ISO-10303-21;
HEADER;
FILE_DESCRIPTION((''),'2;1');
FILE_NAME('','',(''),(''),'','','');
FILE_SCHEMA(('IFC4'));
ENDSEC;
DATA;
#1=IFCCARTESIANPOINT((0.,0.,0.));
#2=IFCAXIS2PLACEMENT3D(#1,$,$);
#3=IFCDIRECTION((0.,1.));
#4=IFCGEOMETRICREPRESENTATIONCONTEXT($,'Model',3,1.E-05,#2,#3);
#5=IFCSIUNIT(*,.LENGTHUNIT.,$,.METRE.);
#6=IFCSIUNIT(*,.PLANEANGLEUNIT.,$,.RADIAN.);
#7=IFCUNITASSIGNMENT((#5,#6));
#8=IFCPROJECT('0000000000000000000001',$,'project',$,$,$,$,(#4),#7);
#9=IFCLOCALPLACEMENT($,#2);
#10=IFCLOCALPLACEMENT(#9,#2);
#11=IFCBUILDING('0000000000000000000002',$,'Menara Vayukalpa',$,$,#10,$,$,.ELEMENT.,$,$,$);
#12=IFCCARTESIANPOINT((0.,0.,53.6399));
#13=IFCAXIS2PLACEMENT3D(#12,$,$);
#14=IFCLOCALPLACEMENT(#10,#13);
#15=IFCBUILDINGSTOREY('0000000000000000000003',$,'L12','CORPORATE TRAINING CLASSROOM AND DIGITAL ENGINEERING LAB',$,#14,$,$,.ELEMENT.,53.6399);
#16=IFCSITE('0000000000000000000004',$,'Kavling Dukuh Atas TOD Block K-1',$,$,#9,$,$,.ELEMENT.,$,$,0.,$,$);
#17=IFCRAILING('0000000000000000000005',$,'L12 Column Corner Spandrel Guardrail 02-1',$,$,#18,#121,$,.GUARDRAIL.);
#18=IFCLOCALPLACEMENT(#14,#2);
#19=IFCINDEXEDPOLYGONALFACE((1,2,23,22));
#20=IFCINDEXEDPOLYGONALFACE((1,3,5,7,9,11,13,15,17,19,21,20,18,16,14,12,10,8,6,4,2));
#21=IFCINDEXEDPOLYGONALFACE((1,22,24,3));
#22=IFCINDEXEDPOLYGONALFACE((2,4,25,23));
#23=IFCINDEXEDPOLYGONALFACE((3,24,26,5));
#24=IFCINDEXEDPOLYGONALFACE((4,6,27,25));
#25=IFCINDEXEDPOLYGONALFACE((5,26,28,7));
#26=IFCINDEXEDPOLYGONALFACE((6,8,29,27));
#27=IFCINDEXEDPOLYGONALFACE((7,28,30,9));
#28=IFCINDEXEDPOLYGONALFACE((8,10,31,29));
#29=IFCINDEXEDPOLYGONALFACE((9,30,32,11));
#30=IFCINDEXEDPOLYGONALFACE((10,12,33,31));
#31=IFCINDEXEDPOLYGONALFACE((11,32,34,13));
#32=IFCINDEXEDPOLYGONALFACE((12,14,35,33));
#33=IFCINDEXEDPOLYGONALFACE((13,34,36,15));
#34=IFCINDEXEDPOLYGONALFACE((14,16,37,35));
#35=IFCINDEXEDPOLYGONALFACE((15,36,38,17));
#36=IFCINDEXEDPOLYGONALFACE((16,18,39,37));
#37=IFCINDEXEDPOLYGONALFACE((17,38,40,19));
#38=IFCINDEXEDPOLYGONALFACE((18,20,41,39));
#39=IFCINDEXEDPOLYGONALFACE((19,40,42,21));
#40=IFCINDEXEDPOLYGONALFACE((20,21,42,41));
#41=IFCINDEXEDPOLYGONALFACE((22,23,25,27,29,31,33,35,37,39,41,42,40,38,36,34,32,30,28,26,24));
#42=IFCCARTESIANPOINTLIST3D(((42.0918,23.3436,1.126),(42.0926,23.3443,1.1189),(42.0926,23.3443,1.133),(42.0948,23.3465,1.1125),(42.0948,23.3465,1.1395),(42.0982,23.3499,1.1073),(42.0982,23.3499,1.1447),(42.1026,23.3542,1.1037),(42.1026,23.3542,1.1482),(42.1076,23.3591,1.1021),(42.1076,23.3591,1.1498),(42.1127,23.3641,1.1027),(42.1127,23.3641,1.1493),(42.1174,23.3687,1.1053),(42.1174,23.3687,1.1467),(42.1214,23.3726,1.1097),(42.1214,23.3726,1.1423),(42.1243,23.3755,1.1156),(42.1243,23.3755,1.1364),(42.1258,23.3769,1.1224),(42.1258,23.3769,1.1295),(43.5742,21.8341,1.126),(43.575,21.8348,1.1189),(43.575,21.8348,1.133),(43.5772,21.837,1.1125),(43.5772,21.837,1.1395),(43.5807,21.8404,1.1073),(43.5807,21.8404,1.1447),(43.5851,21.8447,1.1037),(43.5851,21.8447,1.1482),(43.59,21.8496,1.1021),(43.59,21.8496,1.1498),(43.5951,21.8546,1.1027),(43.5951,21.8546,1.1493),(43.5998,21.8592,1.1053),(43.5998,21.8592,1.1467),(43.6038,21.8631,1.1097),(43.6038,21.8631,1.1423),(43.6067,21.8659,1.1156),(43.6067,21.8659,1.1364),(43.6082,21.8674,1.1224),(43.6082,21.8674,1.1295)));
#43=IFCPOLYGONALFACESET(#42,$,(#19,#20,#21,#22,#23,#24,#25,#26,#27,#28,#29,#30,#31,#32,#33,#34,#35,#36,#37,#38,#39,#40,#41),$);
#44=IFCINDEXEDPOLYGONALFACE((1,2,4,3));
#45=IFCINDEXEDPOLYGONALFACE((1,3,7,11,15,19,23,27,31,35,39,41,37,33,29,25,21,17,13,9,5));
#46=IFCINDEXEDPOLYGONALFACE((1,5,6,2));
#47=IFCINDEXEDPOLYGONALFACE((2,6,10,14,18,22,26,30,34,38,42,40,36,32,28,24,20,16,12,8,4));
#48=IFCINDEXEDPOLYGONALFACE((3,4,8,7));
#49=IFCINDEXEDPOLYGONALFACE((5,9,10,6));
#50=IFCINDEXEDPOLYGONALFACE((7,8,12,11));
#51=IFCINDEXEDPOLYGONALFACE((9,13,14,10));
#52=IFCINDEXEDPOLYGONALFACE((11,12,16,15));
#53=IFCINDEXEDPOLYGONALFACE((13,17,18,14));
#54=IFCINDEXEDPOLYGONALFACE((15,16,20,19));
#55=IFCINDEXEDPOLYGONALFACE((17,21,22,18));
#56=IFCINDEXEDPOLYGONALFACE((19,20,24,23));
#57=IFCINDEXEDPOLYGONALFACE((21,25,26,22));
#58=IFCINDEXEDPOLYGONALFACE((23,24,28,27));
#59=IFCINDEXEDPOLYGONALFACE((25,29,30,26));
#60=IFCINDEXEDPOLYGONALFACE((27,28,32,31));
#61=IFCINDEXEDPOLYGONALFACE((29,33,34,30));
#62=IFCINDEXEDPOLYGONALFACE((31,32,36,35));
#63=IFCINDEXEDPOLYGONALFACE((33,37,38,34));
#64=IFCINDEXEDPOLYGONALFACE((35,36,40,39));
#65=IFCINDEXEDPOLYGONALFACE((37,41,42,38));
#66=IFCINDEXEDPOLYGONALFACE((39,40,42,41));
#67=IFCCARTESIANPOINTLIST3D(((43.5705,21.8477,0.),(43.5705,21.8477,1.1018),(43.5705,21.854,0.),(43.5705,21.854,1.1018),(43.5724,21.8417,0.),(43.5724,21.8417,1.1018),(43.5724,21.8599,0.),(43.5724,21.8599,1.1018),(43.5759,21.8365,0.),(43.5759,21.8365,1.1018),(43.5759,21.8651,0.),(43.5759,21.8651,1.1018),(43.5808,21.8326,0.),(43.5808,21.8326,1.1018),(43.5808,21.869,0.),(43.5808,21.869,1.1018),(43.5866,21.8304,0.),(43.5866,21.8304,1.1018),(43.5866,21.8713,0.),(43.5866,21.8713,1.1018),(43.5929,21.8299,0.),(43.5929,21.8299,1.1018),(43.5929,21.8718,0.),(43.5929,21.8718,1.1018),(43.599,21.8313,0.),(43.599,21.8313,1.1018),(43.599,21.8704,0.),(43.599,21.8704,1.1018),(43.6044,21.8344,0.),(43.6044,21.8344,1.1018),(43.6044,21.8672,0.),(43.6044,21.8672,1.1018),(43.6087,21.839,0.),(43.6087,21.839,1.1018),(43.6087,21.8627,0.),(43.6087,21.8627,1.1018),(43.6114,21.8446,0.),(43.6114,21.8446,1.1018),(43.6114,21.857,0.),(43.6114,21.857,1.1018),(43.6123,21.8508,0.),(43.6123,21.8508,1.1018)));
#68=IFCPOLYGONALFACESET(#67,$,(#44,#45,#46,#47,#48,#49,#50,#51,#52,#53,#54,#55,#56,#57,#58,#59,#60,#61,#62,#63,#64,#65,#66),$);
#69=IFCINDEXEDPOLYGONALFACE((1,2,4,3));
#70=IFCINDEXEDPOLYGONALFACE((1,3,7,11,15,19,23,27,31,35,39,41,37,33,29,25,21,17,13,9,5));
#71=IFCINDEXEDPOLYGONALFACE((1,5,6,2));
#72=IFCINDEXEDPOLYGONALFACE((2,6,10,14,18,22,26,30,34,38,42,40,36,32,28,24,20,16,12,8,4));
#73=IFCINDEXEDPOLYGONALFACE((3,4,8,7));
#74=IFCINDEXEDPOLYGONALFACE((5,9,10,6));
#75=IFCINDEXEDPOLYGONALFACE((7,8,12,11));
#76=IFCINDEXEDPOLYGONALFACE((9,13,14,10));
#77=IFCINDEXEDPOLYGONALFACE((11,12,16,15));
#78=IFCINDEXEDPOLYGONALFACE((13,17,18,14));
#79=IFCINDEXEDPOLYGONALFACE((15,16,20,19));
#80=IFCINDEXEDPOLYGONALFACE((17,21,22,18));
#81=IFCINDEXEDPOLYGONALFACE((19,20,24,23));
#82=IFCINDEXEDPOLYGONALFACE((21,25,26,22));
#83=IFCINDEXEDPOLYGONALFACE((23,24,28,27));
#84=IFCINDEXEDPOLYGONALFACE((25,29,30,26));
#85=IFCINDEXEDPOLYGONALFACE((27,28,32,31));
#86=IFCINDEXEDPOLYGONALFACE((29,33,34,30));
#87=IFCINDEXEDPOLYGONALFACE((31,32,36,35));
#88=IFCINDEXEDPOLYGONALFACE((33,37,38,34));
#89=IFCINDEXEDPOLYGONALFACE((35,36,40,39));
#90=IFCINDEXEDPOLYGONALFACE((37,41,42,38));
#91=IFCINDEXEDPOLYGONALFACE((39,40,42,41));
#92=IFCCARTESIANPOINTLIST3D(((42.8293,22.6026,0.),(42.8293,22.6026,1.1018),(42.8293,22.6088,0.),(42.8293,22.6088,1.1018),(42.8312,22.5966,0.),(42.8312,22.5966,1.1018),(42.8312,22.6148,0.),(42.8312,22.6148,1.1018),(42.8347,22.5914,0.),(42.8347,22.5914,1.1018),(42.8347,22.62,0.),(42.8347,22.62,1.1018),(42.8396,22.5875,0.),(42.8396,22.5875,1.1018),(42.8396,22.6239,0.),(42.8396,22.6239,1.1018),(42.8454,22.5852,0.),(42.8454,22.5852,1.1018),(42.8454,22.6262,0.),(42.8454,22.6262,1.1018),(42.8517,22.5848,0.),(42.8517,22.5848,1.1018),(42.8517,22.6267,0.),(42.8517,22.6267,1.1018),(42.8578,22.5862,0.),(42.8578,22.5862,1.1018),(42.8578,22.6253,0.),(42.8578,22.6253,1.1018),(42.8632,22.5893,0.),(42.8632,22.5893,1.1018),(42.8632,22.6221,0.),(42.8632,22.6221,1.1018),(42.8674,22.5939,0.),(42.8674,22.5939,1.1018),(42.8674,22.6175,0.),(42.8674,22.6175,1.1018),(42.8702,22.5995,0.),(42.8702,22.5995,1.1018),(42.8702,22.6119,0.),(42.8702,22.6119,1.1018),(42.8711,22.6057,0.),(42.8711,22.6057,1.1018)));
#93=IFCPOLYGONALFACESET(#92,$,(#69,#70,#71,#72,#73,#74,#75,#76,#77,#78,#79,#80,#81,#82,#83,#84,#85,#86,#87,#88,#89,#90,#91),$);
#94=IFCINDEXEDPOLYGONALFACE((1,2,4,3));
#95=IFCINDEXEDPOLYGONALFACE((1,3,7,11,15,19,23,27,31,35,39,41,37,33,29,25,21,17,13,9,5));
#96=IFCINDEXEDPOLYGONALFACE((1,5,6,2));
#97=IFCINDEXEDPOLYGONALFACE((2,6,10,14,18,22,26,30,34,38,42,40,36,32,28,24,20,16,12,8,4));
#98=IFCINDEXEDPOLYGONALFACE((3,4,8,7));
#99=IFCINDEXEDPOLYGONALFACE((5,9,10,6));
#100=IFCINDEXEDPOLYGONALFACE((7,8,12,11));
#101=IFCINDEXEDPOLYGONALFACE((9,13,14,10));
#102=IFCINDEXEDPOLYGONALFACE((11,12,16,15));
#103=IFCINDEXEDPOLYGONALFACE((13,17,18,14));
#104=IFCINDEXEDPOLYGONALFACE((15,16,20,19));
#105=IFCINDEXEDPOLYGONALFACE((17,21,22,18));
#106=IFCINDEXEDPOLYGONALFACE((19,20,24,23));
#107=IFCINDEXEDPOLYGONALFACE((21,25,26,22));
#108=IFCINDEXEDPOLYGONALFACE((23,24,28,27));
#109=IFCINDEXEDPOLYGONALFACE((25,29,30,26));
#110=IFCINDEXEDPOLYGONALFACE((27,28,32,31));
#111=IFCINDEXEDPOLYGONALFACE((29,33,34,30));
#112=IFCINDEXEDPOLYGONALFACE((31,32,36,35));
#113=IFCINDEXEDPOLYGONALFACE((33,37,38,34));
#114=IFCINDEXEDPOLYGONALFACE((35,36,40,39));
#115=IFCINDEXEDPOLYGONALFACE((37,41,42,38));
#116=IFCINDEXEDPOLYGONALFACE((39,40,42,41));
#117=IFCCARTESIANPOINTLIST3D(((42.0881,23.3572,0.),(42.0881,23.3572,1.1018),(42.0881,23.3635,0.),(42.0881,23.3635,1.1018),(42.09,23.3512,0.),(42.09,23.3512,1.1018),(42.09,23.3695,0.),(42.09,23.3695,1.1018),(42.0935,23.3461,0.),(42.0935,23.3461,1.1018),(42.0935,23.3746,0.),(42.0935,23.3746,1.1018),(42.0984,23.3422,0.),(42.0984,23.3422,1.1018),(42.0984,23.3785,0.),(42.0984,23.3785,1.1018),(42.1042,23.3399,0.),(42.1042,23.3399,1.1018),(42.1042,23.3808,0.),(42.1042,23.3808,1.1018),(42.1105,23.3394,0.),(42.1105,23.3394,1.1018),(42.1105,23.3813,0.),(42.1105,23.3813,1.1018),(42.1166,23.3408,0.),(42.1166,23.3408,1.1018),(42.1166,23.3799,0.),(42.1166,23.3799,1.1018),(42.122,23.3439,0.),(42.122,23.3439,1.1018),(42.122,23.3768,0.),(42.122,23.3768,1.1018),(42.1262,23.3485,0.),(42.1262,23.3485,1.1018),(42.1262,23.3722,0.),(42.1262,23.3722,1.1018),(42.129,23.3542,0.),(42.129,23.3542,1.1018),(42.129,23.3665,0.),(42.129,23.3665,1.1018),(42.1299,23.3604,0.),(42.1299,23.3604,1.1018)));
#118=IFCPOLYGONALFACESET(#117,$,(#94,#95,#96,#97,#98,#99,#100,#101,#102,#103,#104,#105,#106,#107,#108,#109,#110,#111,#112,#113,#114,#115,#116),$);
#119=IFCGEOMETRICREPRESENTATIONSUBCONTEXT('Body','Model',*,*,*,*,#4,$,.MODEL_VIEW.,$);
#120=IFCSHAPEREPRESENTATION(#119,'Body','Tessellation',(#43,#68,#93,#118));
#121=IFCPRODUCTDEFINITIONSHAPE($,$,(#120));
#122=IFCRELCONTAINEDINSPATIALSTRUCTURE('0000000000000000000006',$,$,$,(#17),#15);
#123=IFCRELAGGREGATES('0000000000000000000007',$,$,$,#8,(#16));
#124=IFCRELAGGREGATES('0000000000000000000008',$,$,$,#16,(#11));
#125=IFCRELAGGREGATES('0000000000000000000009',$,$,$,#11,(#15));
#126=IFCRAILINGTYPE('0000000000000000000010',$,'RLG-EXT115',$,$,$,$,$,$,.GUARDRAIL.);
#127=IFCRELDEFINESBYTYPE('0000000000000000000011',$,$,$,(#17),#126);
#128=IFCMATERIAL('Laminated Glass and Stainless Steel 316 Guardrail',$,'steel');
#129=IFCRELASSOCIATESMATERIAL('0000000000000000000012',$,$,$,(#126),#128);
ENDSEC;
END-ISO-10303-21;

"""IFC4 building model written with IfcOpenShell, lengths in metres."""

from ifc_helpers import new_model, si_unit, direction, frame, origin, origin_2d, place, context, subcontext, project, spatial, circle, extrude, material, type_object, element, save


model = new_model("IFC4")

# Units and contexts
model_context = context("Model", 3, precision=1e-05, world=origin(), true_north=direction((0.0, 1.0)))
body_context = subcontext(model_context, "Body", "Model", "MODEL_VIEW")
ifc_project = project(units=[si_unit("LENGTHUNIT", "METRE"), si_unit("PLANEANGLEUNIT", "RADIAN")], contexts=[model_context])

# Site, building, storey
site_placement = place(None, origin())
site = spatial("IfcSite", under=ifc_project, at=site_placement, Name="Kavling Dukuh Atas TOD Block K-1", CompositionType="ELEMENT", RefElevation=0.0)
building_placement = place(site_placement, origin())
building = spatial("IfcBuilding", under=site, at=building_placement, Name="Menara Vayukalpa", CompositionType="ELEMENT")
storey_placement = place(building_placement, frame((0.0, 0.0, 53.6399)))
storey = spatial("IfcBuildingStorey", under=building, at=storey_placement, Name="L12", Description="CORPORATE TRAINING CLASSROOM AND DIGITAL ENGINEERING LAB", CompositionType="ELEMENT", Elevation=53.6399)

# Railing
ifc_material_1 = material(Name="Laminated Glass and Stainless Steel 316 Guardrail", Category="steel")
railing_type = type_object("IfcRailingType", Name="RLG-EXT115", PredefinedType="GUARDRAIL", material=ifc_material_1)
railing_1_placement = place(storey_placement, frame((43.5913, 21.8508, 0.0)))
element("IfcRailing", 1, at=railing_1_placement, inside=storey, type_object=railing_type, Name="L12 Column Corner Spandrel Guardrail 02-1", PredefinedType="GUARDRAIL", context=body_context, shape_type="SweptSolid", body=[
    extrude(circle(Radius=0.0239, at=origin_2d()), frame((0.0, 0.0, 1.126), z_axis=(-0.700673, 0.713482, 0.0), x_axis=(-0.713482, -0.700673, 0.0)), (0.0, 0.0, 1.0), 2.1157),
    extrude(circle(Radius=0.021, at=origin_2d()), origin(), (0.0, 0.0, 1.0), 1.1018),
    extrude(circle(Radius=0.021, at=origin_2d()), frame((-0.7412, 0.7549, 0.0)), (0.0, 0.0, 1.0), 1.1018),
    extrude(circle(Radius=0.021, at=origin_2d()), frame((-1.4824, 1.5095, 0.0)), (0.0, 0.0, 1.0), 1.1018),
])

save(model, "model.ifc")
